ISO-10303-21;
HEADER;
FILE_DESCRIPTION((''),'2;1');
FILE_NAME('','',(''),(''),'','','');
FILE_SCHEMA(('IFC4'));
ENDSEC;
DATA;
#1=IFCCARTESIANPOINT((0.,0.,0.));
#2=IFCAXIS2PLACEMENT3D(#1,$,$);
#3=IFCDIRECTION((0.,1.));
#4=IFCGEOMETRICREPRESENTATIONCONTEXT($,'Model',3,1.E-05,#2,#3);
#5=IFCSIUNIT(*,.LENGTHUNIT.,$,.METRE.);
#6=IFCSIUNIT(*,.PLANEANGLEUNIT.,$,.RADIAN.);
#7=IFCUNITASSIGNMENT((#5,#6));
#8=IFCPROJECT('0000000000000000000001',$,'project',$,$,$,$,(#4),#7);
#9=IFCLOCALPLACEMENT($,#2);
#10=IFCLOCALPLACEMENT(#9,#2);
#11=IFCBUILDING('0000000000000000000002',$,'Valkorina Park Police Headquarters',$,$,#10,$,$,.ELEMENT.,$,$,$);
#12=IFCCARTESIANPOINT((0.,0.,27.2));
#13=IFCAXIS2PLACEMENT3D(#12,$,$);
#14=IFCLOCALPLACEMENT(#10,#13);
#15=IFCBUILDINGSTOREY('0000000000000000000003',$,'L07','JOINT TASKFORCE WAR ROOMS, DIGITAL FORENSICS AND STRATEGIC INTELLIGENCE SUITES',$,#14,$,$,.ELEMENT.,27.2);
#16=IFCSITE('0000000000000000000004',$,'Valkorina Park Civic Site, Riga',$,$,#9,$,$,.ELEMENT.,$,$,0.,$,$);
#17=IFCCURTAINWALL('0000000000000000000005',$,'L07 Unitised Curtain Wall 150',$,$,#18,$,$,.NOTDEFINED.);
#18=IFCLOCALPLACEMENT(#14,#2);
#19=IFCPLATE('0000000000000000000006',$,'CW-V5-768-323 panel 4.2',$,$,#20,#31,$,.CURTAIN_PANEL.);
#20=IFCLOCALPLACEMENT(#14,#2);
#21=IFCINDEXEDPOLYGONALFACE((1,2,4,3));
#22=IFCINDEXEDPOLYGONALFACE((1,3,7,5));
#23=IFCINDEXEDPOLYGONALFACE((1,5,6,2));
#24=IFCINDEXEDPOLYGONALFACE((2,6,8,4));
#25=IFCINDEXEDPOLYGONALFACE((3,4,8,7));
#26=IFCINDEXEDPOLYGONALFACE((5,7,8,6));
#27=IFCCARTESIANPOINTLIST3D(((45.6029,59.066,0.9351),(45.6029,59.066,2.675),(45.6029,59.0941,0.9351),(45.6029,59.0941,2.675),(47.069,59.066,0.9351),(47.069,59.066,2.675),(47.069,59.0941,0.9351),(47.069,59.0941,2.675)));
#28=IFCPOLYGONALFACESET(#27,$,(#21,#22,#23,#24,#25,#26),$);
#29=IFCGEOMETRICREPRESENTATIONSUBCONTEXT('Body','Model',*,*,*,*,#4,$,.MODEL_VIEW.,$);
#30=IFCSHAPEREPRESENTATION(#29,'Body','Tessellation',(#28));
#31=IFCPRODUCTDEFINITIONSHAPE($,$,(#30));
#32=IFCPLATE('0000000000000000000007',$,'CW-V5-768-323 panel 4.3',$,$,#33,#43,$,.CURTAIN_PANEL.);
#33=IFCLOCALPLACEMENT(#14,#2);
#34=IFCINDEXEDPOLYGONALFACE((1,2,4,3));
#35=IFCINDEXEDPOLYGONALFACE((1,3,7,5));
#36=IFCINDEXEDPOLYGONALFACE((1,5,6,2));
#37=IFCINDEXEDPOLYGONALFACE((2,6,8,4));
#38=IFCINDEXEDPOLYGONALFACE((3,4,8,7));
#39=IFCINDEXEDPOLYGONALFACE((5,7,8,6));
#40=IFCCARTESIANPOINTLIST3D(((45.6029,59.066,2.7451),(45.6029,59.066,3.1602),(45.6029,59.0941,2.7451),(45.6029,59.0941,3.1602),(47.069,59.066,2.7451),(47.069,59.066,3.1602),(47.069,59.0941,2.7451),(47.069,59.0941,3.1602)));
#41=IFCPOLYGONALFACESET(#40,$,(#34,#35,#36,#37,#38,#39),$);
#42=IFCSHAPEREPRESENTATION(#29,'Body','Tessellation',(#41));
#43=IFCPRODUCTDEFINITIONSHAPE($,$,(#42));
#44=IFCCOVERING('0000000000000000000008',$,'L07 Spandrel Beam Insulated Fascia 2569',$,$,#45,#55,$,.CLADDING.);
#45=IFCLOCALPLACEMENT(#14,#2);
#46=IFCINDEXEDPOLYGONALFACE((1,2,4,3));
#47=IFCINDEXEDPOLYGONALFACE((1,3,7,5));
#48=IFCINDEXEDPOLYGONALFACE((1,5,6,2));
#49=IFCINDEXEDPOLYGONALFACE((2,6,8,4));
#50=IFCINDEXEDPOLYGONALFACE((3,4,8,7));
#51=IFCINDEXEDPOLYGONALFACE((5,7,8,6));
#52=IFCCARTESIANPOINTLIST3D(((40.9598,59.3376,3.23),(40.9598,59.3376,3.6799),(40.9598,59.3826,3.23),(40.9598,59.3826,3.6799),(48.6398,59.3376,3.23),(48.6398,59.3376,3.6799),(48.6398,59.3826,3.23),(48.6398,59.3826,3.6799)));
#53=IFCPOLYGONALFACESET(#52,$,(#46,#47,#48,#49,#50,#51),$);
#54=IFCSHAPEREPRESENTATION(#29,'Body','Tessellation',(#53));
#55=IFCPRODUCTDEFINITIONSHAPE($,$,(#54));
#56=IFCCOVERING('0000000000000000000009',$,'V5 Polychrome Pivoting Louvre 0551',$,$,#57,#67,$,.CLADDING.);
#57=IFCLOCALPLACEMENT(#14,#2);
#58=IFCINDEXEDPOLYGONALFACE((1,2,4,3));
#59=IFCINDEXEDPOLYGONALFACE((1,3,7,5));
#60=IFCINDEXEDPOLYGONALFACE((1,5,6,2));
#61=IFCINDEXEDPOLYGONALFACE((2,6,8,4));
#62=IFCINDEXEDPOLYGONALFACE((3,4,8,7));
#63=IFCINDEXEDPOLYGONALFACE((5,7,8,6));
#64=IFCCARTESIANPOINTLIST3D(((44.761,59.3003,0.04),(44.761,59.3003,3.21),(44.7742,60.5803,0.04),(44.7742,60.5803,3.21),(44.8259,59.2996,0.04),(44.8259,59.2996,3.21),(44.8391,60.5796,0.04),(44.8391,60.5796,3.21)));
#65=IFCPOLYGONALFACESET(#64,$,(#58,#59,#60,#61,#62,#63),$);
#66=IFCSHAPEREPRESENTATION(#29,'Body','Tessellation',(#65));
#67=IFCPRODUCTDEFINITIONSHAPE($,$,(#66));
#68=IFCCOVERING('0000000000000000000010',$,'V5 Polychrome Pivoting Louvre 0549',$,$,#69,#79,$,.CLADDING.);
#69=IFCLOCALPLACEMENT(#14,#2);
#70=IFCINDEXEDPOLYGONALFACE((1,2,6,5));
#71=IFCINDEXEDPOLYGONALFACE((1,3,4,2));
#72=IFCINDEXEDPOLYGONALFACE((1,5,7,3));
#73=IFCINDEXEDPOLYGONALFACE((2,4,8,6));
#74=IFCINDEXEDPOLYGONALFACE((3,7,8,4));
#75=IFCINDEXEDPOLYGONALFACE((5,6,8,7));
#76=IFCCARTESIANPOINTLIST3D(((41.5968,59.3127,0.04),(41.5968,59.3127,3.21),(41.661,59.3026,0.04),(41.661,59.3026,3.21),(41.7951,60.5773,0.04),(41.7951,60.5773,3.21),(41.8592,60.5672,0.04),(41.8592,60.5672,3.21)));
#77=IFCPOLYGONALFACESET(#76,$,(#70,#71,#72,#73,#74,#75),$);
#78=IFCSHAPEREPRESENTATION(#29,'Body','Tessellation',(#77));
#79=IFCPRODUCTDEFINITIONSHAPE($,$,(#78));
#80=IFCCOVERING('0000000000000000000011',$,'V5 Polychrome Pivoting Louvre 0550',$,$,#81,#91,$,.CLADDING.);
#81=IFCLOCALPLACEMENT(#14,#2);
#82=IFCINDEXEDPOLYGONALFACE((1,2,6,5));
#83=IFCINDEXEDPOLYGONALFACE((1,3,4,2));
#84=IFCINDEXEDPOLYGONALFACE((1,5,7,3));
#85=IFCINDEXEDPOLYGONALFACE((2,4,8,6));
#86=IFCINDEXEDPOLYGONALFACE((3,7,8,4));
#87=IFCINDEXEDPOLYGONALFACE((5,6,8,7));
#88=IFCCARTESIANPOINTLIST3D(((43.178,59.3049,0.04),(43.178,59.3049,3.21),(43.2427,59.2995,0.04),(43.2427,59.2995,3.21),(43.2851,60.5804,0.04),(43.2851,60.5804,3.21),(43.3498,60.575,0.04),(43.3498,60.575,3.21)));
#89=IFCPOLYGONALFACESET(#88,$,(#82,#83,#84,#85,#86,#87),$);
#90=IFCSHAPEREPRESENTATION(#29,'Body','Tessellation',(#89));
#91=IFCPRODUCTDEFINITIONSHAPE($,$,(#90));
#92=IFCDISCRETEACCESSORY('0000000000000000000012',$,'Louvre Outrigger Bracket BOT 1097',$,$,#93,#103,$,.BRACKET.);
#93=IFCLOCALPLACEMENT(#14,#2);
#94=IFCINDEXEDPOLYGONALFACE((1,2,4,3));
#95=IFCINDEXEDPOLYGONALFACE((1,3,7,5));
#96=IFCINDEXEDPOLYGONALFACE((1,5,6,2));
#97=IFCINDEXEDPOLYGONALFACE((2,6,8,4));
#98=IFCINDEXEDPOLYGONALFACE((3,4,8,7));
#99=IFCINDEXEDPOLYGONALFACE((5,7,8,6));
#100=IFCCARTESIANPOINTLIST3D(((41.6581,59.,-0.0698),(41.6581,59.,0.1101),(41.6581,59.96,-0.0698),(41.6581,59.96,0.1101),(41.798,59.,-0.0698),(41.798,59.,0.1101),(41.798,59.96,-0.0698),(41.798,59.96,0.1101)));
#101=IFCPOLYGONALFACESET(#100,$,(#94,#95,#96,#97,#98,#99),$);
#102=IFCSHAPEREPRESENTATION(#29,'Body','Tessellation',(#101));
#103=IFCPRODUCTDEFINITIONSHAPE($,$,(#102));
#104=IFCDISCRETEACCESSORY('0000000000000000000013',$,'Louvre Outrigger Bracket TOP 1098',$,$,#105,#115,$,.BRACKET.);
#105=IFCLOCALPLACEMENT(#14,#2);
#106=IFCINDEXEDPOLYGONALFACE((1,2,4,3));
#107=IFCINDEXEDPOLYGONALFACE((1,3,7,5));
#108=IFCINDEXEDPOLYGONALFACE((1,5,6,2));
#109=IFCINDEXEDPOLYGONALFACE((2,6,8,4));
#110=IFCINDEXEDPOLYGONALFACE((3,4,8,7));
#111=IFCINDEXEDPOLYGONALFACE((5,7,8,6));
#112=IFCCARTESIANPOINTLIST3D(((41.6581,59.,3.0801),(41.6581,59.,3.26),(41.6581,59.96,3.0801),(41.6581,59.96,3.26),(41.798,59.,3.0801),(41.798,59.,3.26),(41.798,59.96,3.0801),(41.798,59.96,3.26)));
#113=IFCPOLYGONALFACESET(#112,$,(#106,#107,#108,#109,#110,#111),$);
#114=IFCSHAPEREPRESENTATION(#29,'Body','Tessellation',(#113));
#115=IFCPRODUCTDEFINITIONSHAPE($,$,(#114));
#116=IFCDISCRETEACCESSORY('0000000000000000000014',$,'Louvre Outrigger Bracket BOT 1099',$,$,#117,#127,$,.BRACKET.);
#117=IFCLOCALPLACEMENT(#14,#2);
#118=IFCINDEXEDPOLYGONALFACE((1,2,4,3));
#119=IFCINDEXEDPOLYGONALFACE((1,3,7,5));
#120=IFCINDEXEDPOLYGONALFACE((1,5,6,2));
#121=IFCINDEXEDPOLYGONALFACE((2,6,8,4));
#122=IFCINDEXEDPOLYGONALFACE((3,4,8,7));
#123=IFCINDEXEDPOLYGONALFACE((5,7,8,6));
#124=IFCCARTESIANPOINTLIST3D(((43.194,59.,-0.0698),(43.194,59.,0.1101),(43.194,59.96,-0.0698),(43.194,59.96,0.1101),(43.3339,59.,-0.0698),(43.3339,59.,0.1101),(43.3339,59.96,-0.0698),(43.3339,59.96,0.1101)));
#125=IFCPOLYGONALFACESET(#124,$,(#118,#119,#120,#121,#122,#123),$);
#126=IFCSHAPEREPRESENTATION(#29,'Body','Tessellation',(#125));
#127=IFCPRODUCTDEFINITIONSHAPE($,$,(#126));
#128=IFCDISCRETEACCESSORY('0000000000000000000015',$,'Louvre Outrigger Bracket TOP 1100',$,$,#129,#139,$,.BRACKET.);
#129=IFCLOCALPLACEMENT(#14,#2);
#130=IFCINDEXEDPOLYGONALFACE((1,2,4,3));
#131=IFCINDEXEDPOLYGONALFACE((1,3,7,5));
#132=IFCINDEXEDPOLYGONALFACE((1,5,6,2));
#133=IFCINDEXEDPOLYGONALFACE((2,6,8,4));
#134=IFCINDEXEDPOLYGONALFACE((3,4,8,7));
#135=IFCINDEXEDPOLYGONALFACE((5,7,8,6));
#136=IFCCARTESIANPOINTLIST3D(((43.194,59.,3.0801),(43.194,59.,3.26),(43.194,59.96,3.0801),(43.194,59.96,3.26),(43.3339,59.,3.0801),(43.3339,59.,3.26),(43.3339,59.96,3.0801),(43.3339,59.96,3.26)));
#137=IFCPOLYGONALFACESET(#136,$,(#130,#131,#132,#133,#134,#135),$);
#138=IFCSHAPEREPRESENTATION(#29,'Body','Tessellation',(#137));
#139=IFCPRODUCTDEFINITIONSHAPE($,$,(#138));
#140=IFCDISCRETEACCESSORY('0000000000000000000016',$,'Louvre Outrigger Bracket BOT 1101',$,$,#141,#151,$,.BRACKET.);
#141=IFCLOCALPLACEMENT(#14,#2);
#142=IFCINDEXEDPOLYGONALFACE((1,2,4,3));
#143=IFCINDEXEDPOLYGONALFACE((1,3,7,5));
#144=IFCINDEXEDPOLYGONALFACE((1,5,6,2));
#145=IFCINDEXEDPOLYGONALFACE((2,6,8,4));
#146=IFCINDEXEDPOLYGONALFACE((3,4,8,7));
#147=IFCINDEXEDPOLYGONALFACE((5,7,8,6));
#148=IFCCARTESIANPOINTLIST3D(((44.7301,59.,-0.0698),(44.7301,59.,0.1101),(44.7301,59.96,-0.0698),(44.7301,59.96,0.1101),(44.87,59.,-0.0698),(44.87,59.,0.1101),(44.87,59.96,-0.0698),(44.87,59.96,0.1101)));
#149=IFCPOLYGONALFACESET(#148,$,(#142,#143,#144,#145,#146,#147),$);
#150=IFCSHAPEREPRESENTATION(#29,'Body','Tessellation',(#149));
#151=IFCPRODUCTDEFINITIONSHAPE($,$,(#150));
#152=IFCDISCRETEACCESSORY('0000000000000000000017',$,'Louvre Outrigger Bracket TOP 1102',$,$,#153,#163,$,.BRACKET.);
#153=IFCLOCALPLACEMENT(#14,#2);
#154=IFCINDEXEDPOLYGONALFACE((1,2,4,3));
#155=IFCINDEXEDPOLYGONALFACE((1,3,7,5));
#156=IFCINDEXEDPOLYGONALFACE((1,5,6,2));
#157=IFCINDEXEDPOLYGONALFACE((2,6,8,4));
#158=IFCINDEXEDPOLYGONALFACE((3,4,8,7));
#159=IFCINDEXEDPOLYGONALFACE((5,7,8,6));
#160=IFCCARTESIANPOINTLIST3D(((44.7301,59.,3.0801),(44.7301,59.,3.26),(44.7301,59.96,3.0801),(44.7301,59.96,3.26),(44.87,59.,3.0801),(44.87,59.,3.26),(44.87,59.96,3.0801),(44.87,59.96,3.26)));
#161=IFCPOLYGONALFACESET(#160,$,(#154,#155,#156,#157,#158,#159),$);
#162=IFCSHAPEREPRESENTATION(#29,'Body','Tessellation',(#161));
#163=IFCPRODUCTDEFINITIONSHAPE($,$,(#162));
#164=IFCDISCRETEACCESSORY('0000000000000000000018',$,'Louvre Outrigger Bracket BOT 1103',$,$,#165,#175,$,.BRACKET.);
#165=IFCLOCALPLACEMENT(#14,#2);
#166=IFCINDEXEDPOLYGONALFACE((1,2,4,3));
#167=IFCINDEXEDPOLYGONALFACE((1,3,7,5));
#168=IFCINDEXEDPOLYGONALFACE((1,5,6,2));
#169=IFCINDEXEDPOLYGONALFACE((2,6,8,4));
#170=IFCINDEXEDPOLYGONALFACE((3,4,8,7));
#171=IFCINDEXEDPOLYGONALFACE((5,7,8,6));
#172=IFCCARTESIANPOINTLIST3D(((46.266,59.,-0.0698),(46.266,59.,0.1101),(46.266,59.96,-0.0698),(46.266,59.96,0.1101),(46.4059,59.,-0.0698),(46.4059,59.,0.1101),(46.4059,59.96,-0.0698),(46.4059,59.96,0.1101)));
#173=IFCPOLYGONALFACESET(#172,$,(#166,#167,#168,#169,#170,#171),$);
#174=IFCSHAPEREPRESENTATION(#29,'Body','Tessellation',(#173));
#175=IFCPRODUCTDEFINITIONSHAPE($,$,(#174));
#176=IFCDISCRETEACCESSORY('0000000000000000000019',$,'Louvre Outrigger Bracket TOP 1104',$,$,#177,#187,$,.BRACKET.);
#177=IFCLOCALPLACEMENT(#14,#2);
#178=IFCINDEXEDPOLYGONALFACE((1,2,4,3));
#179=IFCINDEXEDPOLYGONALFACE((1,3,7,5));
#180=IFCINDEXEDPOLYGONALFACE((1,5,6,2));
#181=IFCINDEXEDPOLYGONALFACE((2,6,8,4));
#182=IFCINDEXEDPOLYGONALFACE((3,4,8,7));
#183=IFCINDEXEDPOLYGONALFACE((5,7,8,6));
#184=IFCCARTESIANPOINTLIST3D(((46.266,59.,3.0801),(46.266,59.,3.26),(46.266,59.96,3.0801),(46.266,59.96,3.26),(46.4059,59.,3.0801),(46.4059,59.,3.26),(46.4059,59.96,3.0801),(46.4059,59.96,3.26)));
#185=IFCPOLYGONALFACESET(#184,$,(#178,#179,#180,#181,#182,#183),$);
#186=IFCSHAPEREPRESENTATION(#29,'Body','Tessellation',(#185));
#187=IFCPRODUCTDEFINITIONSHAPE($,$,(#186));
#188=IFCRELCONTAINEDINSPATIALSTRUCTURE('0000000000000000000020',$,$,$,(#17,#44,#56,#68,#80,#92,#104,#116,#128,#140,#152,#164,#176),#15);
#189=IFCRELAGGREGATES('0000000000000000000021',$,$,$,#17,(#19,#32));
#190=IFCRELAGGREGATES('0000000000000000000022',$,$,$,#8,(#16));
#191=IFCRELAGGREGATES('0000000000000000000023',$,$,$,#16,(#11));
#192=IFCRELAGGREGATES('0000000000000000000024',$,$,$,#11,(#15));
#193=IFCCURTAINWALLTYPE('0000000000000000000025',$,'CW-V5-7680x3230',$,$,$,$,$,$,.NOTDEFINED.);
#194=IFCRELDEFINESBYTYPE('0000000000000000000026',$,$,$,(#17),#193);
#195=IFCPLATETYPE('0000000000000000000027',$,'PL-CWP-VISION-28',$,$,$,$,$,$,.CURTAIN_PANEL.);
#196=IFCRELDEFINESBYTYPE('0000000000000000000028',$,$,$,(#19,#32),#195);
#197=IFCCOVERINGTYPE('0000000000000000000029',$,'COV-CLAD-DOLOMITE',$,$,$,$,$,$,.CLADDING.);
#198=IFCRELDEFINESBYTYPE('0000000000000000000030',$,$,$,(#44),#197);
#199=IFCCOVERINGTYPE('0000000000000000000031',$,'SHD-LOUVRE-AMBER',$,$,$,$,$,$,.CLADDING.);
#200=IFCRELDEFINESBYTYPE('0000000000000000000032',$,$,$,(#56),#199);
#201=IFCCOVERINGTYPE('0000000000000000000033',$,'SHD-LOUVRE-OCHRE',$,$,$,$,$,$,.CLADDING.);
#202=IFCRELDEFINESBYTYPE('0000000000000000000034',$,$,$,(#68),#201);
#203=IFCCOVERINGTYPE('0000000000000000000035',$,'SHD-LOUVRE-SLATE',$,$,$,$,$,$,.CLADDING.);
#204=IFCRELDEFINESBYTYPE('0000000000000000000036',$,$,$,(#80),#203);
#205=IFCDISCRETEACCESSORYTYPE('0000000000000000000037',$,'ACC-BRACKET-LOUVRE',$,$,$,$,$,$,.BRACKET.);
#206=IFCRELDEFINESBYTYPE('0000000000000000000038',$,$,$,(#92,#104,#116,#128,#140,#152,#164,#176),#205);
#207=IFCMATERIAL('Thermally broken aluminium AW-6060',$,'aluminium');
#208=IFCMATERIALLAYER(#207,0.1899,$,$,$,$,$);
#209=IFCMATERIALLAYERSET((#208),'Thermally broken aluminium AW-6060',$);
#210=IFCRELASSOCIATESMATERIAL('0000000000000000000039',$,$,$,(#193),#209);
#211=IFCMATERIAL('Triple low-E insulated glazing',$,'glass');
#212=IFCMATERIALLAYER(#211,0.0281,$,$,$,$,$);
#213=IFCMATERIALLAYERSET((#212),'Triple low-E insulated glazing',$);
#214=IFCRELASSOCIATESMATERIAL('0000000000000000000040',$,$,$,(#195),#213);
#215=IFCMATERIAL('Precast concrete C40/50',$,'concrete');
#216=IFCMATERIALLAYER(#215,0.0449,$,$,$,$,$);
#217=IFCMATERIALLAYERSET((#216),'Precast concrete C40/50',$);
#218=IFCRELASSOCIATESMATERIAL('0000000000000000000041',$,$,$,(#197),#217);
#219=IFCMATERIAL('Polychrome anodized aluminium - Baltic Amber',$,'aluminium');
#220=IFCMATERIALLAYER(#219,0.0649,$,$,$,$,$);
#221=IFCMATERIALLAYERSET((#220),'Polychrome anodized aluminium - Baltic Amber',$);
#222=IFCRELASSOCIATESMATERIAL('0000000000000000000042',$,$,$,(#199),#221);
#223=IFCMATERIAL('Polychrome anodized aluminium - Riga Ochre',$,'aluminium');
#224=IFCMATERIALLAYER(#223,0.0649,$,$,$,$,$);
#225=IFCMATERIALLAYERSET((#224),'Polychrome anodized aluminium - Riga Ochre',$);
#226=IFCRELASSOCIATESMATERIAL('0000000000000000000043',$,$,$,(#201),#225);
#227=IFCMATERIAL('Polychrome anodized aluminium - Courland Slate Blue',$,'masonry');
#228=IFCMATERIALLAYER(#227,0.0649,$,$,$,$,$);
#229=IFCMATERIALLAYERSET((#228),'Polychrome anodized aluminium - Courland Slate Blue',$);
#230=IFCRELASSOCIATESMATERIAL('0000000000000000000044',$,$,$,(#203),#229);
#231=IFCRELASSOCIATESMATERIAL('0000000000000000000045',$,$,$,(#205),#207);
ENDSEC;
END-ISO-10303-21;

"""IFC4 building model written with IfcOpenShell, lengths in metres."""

from ifc_helpers import new_model, si_unit, direction, frame, frame_2d, origin, origin_2d, place, context, subcontext, project, spatial, rectangle, extrude, material, layer, layer_set, type_object, element, aggregate, save


model = new_model("IFC4")

# Units and contexts
model_context = context("Model", 3, precision=1e-05, world=origin(), true_north=direction((0.0, 1.0)))
body_context = subcontext(model_context, "Body", "Model", "MODEL_VIEW")
ifc_project = project(units=[si_unit("LENGTHUNIT", "METRE"), si_unit("PLANEANGLEUNIT", "RADIAN")], contexts=[model_context])

# Site, building, storey
site_placement = place(None, origin())
site = spatial("IfcSite", under=ifc_project, at=site_placement, Name="Valkorina Park Civic Site, Riga", CompositionType="ELEMENT", RefElevation=0.0)
building_placement = place(site_placement, origin())
building = spatial("IfcBuilding", under=site, at=building_placement, Name="Valkorina Park Police Headquarters", CompositionType="ELEMENT")
storey_placement = place(building_placement, frame((0.0, 0.0, 27.2)))
storey = spatial("IfcBuildingStorey", under=building, at=storey_placement, Name="L07", Description="JOINT TASKFORCE WAR ROOMS, DIGITAL FORENSICS AND STRATEGIC INTELLIGENCE SUITES", CompositionType="ELEMENT", Elevation=27.2)

# Curtain wall, plates
ifc_material_1 = material(Name="Thermally broken aluminium AW-6060", Category="aluminium")
ifc_layer_1 = layer(ifc_material_1, 0.1899)
ifc_layer_set_1 = layer_set([ifc_layer_1], Name="Thermally broken aluminium AW-6060")
curtain_wall_type = type_object("IfcCurtainWallType", Name="CW-V5-7680x3230", PredefinedType="NOTDEFINED", material=ifc_layer_set_1)
curtain_wall_placement = place(storey_placement, origin())
curtain_wall = element("IfcCurtainWall", 1, at=curtain_wall_placement, inside=storey, type_object=curtain_wall_type, Name="L07 Unitised Curtain Wall 150", PredefinedType="NOTDEFINED")
ifc_material_2 = material(Name="Triple low-E insulated glazing", Category="glass")
ifc_layer_2 = layer(ifc_material_2, 0.0281)
ifc_layer_set_2 = layer_set([ifc_layer_2], Name="Triple low-E insulated glazing")
plate_type_1 = type_object("IfcPlateType", Name="PL-CWP-VISION-28", PredefinedType="CURTAIN_PANEL", material=ifc_layer_set_2)
plate_1_placement = place(storey_placement, frame((46.3359, 59.0801, 0.9351), z_axis=(0.0, 0.0, 1.0), x_axis=(1.0, 0.0, 0.0)))
plate_1 = element("IfcPlate", 2, at=plate_1_placement, type_object=plate_type_1, Name="CW-V5-768-323 panel 4.2", PredefinedType="CURTAIN_PANEL", context=body_context, shape_type="SweptSolid", body=[
    extrude(rectangle(XDim=1.4661, YDim=0.0281, at=origin_2d()), origin(), (0.0, 0.0, 1.0), 1.74),
])
plate_2_placement = place(storey_placement, frame((46.3359, 59.0801, 2.7451), z_axis=(0.0, 0.0, 1.0), x_axis=(1.0, 0.0, 0.0)))
plate_2 = element("IfcPlate", 3, at=plate_2_placement, type_object=plate_type_1, Name="CW-V5-768-323 panel 4.3", PredefinedType="CURTAIN_PANEL", context=body_context, shape_type="SweptSolid", body=[
    extrude(rectangle(XDim=1.4661, YDim=0.0281, at=origin_2d()), origin(), (0.0, 0.0, 1.0), 0.415),
])
aggregate(curtain_wall, [plate_1, plate_2])

# Coverings
ifc_material_3 = material(Name="Precast concrete C40/50", Category="concrete")
ifc_layer_3 = layer(ifc_material_3, 0.0449)
ifc_layer_set_3 = layer_set([ifc_layer_3], Name="Precast concrete C40/50")
covering_type_1 = type_object("IfcCoveringType", Name="COV-CLAD-DOLOMITE", PredefinedType="CLADDING", material=ifc_layer_set_3)
covering_1_placement = place(storey_placement, frame((40.96, 59.3601, 3.23), z_axis=(0.0, 0.0, 1.0), x_axis=(1.0, 0.0, 0.0)))
element("IfcCovering", 4, at=covering_1_placement, inside=storey, type_object=covering_type_1, Name="L07 Spandrel Beam Insulated Fascia 2569", PredefinedType="CLADDING", context=body_context, shape_type="SweptSolid", body=[
    extrude(rectangle(XDim=7.6799, YDim=0.0449, at=frame_2d((3.8398, 0.0))), origin(), (0.0, 0.0, 1.0), 0.45),
])
ifc_material_4 = material(Name="Polychrome anodized aluminium - Baltic Amber", Category="aluminium")
ifc_layer_4 = layer(ifc_material_4, 0.0649)
ifc_layer_set_4 = layer_set([ifc_layer_4], Name="Polychrome anodized aluminium - Baltic Amber")
covering_type_2 = type_object("IfcCoveringType", Name="SHD-LOUVRE-AMBER", PredefinedType="CLADDING", material=ifc_layer_set_4)
covering_2_placement = place(storey_placement, frame((44.8, 59.9399, 0.04), z_axis=(0.0, 0.0, 1.0), x_axis=(0.010297, 0.999947, 0.0)))
element("IfcCovering", 5, at=covering_2_placement, inside=storey, type_object=covering_type_2, Name="V5 Polychrome Pivoting Louvre 0551", PredefinedType="CLADDING", context=body_context, shape_type="SweptSolid", body=[
    extrude(rectangle(XDim=1.28, YDim=0.0649, at=origin_2d()), origin(), (0.0, 0.0, 1.0), 3.1699),
])
ifc_material_5 = material(Name="Polychrome anodized aluminium - Riga Ochre", Category="aluminium")
ifc_layer_5 = layer(ifc_material_5, 0.0649)
ifc_layer_set_5 = layer_set([ifc_layer_5], Name="Polychrome anodized aluminium - Riga Ochre")
covering_type_3 = type_object("IfcCoveringType", Name="SHD-LOUVRE-OCHRE", PredefinedType="CLADDING", material=ifc_layer_set_5)
covering_3_placement = place(storey_placement, frame((41.728, 59.9399, 0.04), z_axis=(0.0, 0.0, 1.0), x_axis=(0.154883, 0.987933, 0.0)))
element("IfcCovering", 6, at=covering_3_placement, inside=storey, type_object=covering_type_3, Name="V5 Polychrome Pivoting Louvre 0549", PredefinedType="CLADDING", context=body_context, shape_type="SweptSolid", body=[
    extrude(rectangle(XDim=1.28, YDim=0.0649, at=origin_2d()), origin(), (0.0, 0.0, 1.0), 3.1699),
])
ifc_material_6 = material(Name="Polychrome anodized aluminium - Courland Slate Blue", Category="masonry")
ifc_layer_6 = layer(ifc_material_6, 0.0649)
ifc_layer_set_6 = layer_set([ifc_layer_6], Name="Polychrome anodized aluminium - Courland Slate Blue")
covering_type_4 = type_object("IfcCoveringType", Name="SHD-LOUVRE-SLATE", PredefinedType="CLADDING", material=ifc_layer_set_6)
covering_4_placement = place(storey_placement, frame((43.2639, 59.9399, 0.04), z_axis=(0.0, 0.0, 1.0), x_axis=(0.083678, 0.996493, 0.0)))
element("IfcCovering", 7, at=covering_4_placement, inside=storey, type_object=covering_type_4, Name="V5 Polychrome Pivoting Louvre 0550", PredefinedType="CLADDING", context=body_context, shape_type="SweptSolid", body=[
    extrude(rectangle(XDim=1.28, YDim=0.0649, at=origin_2d()), origin(), (0.0, 0.0, 1.0), 3.1699),
])

# Discrete accessories
discrete_accessory_type = type_object("IfcDiscreteAccessoryType", Name="ACC-BRACKET-LOUVRE", PredefinedType="BRACKET", material=ifc_material_1)
for number, where, z_axis, x_axis, name in (
    (8, (41.728, 59.48, -0.0698), (0.0, 0.0, 1.0), (0.0, 1.0, 0.0), "Louvre Outrigger Bracket BOT 1097"),
    (9, (41.728, 59.48, 3.0801), (0.0, 0.0, 1.0), (0.0, 1.0, 0.0), "Louvre Outrigger Bracket TOP 1098"),
    (10, (43.2639, 59.48, -0.0698), (0.0, 0.0, 1.0), (0.0, 1.0, 0.0), "Louvre Outrigger Bracket BOT 1099"),
    (11, (43.2639, 59.48, 3.0801), (0.0, 0.0, 1.0), (0.0, 1.0, 0.0), "Louvre Outrigger Bracket TOP 1100"),
    (12, (44.8, 59.48, -0.0698), (0.0, 0.0, 1.0), (0.0, 1.0, 0.0), "Louvre Outrigger Bracket BOT 1101"),
    (13, (44.8, 59.48, 3.0801), (0.0, 0.0, 1.0), (0.0, 1.0, 0.0), "Louvre Outrigger Bracket TOP 1102"),
    (14, (46.3359, 59.48, -0.0698), (0.0, 0.0, 1.0), (0.0, 1.0, 0.0), "Louvre Outrigger Bracket BOT 1103"),
    (15, (46.3359, 59.48, 3.0801), (0.0, 0.0, 1.0), (0.0, 1.0, 0.0), "Louvre Outrigger Bracket TOP 1104"),
):
    element("IfcDiscreteAccessory", number, at=place(storey_placement, frame(where, z_axis=z_axis, x_axis=x_axis)), inside=storey, type_object=discrete_accessory_type, Name=name, PredefinedType="BRACKET", context=body_context, shape_type="SweptSolid", body=[
        extrude(rectangle(XDim=0.96, YDim=0.1399, at=origin_2d()), origin(), (0.0, 0.0, 1.0), 0.1799),
    ])

save(model, "model.ifc")
